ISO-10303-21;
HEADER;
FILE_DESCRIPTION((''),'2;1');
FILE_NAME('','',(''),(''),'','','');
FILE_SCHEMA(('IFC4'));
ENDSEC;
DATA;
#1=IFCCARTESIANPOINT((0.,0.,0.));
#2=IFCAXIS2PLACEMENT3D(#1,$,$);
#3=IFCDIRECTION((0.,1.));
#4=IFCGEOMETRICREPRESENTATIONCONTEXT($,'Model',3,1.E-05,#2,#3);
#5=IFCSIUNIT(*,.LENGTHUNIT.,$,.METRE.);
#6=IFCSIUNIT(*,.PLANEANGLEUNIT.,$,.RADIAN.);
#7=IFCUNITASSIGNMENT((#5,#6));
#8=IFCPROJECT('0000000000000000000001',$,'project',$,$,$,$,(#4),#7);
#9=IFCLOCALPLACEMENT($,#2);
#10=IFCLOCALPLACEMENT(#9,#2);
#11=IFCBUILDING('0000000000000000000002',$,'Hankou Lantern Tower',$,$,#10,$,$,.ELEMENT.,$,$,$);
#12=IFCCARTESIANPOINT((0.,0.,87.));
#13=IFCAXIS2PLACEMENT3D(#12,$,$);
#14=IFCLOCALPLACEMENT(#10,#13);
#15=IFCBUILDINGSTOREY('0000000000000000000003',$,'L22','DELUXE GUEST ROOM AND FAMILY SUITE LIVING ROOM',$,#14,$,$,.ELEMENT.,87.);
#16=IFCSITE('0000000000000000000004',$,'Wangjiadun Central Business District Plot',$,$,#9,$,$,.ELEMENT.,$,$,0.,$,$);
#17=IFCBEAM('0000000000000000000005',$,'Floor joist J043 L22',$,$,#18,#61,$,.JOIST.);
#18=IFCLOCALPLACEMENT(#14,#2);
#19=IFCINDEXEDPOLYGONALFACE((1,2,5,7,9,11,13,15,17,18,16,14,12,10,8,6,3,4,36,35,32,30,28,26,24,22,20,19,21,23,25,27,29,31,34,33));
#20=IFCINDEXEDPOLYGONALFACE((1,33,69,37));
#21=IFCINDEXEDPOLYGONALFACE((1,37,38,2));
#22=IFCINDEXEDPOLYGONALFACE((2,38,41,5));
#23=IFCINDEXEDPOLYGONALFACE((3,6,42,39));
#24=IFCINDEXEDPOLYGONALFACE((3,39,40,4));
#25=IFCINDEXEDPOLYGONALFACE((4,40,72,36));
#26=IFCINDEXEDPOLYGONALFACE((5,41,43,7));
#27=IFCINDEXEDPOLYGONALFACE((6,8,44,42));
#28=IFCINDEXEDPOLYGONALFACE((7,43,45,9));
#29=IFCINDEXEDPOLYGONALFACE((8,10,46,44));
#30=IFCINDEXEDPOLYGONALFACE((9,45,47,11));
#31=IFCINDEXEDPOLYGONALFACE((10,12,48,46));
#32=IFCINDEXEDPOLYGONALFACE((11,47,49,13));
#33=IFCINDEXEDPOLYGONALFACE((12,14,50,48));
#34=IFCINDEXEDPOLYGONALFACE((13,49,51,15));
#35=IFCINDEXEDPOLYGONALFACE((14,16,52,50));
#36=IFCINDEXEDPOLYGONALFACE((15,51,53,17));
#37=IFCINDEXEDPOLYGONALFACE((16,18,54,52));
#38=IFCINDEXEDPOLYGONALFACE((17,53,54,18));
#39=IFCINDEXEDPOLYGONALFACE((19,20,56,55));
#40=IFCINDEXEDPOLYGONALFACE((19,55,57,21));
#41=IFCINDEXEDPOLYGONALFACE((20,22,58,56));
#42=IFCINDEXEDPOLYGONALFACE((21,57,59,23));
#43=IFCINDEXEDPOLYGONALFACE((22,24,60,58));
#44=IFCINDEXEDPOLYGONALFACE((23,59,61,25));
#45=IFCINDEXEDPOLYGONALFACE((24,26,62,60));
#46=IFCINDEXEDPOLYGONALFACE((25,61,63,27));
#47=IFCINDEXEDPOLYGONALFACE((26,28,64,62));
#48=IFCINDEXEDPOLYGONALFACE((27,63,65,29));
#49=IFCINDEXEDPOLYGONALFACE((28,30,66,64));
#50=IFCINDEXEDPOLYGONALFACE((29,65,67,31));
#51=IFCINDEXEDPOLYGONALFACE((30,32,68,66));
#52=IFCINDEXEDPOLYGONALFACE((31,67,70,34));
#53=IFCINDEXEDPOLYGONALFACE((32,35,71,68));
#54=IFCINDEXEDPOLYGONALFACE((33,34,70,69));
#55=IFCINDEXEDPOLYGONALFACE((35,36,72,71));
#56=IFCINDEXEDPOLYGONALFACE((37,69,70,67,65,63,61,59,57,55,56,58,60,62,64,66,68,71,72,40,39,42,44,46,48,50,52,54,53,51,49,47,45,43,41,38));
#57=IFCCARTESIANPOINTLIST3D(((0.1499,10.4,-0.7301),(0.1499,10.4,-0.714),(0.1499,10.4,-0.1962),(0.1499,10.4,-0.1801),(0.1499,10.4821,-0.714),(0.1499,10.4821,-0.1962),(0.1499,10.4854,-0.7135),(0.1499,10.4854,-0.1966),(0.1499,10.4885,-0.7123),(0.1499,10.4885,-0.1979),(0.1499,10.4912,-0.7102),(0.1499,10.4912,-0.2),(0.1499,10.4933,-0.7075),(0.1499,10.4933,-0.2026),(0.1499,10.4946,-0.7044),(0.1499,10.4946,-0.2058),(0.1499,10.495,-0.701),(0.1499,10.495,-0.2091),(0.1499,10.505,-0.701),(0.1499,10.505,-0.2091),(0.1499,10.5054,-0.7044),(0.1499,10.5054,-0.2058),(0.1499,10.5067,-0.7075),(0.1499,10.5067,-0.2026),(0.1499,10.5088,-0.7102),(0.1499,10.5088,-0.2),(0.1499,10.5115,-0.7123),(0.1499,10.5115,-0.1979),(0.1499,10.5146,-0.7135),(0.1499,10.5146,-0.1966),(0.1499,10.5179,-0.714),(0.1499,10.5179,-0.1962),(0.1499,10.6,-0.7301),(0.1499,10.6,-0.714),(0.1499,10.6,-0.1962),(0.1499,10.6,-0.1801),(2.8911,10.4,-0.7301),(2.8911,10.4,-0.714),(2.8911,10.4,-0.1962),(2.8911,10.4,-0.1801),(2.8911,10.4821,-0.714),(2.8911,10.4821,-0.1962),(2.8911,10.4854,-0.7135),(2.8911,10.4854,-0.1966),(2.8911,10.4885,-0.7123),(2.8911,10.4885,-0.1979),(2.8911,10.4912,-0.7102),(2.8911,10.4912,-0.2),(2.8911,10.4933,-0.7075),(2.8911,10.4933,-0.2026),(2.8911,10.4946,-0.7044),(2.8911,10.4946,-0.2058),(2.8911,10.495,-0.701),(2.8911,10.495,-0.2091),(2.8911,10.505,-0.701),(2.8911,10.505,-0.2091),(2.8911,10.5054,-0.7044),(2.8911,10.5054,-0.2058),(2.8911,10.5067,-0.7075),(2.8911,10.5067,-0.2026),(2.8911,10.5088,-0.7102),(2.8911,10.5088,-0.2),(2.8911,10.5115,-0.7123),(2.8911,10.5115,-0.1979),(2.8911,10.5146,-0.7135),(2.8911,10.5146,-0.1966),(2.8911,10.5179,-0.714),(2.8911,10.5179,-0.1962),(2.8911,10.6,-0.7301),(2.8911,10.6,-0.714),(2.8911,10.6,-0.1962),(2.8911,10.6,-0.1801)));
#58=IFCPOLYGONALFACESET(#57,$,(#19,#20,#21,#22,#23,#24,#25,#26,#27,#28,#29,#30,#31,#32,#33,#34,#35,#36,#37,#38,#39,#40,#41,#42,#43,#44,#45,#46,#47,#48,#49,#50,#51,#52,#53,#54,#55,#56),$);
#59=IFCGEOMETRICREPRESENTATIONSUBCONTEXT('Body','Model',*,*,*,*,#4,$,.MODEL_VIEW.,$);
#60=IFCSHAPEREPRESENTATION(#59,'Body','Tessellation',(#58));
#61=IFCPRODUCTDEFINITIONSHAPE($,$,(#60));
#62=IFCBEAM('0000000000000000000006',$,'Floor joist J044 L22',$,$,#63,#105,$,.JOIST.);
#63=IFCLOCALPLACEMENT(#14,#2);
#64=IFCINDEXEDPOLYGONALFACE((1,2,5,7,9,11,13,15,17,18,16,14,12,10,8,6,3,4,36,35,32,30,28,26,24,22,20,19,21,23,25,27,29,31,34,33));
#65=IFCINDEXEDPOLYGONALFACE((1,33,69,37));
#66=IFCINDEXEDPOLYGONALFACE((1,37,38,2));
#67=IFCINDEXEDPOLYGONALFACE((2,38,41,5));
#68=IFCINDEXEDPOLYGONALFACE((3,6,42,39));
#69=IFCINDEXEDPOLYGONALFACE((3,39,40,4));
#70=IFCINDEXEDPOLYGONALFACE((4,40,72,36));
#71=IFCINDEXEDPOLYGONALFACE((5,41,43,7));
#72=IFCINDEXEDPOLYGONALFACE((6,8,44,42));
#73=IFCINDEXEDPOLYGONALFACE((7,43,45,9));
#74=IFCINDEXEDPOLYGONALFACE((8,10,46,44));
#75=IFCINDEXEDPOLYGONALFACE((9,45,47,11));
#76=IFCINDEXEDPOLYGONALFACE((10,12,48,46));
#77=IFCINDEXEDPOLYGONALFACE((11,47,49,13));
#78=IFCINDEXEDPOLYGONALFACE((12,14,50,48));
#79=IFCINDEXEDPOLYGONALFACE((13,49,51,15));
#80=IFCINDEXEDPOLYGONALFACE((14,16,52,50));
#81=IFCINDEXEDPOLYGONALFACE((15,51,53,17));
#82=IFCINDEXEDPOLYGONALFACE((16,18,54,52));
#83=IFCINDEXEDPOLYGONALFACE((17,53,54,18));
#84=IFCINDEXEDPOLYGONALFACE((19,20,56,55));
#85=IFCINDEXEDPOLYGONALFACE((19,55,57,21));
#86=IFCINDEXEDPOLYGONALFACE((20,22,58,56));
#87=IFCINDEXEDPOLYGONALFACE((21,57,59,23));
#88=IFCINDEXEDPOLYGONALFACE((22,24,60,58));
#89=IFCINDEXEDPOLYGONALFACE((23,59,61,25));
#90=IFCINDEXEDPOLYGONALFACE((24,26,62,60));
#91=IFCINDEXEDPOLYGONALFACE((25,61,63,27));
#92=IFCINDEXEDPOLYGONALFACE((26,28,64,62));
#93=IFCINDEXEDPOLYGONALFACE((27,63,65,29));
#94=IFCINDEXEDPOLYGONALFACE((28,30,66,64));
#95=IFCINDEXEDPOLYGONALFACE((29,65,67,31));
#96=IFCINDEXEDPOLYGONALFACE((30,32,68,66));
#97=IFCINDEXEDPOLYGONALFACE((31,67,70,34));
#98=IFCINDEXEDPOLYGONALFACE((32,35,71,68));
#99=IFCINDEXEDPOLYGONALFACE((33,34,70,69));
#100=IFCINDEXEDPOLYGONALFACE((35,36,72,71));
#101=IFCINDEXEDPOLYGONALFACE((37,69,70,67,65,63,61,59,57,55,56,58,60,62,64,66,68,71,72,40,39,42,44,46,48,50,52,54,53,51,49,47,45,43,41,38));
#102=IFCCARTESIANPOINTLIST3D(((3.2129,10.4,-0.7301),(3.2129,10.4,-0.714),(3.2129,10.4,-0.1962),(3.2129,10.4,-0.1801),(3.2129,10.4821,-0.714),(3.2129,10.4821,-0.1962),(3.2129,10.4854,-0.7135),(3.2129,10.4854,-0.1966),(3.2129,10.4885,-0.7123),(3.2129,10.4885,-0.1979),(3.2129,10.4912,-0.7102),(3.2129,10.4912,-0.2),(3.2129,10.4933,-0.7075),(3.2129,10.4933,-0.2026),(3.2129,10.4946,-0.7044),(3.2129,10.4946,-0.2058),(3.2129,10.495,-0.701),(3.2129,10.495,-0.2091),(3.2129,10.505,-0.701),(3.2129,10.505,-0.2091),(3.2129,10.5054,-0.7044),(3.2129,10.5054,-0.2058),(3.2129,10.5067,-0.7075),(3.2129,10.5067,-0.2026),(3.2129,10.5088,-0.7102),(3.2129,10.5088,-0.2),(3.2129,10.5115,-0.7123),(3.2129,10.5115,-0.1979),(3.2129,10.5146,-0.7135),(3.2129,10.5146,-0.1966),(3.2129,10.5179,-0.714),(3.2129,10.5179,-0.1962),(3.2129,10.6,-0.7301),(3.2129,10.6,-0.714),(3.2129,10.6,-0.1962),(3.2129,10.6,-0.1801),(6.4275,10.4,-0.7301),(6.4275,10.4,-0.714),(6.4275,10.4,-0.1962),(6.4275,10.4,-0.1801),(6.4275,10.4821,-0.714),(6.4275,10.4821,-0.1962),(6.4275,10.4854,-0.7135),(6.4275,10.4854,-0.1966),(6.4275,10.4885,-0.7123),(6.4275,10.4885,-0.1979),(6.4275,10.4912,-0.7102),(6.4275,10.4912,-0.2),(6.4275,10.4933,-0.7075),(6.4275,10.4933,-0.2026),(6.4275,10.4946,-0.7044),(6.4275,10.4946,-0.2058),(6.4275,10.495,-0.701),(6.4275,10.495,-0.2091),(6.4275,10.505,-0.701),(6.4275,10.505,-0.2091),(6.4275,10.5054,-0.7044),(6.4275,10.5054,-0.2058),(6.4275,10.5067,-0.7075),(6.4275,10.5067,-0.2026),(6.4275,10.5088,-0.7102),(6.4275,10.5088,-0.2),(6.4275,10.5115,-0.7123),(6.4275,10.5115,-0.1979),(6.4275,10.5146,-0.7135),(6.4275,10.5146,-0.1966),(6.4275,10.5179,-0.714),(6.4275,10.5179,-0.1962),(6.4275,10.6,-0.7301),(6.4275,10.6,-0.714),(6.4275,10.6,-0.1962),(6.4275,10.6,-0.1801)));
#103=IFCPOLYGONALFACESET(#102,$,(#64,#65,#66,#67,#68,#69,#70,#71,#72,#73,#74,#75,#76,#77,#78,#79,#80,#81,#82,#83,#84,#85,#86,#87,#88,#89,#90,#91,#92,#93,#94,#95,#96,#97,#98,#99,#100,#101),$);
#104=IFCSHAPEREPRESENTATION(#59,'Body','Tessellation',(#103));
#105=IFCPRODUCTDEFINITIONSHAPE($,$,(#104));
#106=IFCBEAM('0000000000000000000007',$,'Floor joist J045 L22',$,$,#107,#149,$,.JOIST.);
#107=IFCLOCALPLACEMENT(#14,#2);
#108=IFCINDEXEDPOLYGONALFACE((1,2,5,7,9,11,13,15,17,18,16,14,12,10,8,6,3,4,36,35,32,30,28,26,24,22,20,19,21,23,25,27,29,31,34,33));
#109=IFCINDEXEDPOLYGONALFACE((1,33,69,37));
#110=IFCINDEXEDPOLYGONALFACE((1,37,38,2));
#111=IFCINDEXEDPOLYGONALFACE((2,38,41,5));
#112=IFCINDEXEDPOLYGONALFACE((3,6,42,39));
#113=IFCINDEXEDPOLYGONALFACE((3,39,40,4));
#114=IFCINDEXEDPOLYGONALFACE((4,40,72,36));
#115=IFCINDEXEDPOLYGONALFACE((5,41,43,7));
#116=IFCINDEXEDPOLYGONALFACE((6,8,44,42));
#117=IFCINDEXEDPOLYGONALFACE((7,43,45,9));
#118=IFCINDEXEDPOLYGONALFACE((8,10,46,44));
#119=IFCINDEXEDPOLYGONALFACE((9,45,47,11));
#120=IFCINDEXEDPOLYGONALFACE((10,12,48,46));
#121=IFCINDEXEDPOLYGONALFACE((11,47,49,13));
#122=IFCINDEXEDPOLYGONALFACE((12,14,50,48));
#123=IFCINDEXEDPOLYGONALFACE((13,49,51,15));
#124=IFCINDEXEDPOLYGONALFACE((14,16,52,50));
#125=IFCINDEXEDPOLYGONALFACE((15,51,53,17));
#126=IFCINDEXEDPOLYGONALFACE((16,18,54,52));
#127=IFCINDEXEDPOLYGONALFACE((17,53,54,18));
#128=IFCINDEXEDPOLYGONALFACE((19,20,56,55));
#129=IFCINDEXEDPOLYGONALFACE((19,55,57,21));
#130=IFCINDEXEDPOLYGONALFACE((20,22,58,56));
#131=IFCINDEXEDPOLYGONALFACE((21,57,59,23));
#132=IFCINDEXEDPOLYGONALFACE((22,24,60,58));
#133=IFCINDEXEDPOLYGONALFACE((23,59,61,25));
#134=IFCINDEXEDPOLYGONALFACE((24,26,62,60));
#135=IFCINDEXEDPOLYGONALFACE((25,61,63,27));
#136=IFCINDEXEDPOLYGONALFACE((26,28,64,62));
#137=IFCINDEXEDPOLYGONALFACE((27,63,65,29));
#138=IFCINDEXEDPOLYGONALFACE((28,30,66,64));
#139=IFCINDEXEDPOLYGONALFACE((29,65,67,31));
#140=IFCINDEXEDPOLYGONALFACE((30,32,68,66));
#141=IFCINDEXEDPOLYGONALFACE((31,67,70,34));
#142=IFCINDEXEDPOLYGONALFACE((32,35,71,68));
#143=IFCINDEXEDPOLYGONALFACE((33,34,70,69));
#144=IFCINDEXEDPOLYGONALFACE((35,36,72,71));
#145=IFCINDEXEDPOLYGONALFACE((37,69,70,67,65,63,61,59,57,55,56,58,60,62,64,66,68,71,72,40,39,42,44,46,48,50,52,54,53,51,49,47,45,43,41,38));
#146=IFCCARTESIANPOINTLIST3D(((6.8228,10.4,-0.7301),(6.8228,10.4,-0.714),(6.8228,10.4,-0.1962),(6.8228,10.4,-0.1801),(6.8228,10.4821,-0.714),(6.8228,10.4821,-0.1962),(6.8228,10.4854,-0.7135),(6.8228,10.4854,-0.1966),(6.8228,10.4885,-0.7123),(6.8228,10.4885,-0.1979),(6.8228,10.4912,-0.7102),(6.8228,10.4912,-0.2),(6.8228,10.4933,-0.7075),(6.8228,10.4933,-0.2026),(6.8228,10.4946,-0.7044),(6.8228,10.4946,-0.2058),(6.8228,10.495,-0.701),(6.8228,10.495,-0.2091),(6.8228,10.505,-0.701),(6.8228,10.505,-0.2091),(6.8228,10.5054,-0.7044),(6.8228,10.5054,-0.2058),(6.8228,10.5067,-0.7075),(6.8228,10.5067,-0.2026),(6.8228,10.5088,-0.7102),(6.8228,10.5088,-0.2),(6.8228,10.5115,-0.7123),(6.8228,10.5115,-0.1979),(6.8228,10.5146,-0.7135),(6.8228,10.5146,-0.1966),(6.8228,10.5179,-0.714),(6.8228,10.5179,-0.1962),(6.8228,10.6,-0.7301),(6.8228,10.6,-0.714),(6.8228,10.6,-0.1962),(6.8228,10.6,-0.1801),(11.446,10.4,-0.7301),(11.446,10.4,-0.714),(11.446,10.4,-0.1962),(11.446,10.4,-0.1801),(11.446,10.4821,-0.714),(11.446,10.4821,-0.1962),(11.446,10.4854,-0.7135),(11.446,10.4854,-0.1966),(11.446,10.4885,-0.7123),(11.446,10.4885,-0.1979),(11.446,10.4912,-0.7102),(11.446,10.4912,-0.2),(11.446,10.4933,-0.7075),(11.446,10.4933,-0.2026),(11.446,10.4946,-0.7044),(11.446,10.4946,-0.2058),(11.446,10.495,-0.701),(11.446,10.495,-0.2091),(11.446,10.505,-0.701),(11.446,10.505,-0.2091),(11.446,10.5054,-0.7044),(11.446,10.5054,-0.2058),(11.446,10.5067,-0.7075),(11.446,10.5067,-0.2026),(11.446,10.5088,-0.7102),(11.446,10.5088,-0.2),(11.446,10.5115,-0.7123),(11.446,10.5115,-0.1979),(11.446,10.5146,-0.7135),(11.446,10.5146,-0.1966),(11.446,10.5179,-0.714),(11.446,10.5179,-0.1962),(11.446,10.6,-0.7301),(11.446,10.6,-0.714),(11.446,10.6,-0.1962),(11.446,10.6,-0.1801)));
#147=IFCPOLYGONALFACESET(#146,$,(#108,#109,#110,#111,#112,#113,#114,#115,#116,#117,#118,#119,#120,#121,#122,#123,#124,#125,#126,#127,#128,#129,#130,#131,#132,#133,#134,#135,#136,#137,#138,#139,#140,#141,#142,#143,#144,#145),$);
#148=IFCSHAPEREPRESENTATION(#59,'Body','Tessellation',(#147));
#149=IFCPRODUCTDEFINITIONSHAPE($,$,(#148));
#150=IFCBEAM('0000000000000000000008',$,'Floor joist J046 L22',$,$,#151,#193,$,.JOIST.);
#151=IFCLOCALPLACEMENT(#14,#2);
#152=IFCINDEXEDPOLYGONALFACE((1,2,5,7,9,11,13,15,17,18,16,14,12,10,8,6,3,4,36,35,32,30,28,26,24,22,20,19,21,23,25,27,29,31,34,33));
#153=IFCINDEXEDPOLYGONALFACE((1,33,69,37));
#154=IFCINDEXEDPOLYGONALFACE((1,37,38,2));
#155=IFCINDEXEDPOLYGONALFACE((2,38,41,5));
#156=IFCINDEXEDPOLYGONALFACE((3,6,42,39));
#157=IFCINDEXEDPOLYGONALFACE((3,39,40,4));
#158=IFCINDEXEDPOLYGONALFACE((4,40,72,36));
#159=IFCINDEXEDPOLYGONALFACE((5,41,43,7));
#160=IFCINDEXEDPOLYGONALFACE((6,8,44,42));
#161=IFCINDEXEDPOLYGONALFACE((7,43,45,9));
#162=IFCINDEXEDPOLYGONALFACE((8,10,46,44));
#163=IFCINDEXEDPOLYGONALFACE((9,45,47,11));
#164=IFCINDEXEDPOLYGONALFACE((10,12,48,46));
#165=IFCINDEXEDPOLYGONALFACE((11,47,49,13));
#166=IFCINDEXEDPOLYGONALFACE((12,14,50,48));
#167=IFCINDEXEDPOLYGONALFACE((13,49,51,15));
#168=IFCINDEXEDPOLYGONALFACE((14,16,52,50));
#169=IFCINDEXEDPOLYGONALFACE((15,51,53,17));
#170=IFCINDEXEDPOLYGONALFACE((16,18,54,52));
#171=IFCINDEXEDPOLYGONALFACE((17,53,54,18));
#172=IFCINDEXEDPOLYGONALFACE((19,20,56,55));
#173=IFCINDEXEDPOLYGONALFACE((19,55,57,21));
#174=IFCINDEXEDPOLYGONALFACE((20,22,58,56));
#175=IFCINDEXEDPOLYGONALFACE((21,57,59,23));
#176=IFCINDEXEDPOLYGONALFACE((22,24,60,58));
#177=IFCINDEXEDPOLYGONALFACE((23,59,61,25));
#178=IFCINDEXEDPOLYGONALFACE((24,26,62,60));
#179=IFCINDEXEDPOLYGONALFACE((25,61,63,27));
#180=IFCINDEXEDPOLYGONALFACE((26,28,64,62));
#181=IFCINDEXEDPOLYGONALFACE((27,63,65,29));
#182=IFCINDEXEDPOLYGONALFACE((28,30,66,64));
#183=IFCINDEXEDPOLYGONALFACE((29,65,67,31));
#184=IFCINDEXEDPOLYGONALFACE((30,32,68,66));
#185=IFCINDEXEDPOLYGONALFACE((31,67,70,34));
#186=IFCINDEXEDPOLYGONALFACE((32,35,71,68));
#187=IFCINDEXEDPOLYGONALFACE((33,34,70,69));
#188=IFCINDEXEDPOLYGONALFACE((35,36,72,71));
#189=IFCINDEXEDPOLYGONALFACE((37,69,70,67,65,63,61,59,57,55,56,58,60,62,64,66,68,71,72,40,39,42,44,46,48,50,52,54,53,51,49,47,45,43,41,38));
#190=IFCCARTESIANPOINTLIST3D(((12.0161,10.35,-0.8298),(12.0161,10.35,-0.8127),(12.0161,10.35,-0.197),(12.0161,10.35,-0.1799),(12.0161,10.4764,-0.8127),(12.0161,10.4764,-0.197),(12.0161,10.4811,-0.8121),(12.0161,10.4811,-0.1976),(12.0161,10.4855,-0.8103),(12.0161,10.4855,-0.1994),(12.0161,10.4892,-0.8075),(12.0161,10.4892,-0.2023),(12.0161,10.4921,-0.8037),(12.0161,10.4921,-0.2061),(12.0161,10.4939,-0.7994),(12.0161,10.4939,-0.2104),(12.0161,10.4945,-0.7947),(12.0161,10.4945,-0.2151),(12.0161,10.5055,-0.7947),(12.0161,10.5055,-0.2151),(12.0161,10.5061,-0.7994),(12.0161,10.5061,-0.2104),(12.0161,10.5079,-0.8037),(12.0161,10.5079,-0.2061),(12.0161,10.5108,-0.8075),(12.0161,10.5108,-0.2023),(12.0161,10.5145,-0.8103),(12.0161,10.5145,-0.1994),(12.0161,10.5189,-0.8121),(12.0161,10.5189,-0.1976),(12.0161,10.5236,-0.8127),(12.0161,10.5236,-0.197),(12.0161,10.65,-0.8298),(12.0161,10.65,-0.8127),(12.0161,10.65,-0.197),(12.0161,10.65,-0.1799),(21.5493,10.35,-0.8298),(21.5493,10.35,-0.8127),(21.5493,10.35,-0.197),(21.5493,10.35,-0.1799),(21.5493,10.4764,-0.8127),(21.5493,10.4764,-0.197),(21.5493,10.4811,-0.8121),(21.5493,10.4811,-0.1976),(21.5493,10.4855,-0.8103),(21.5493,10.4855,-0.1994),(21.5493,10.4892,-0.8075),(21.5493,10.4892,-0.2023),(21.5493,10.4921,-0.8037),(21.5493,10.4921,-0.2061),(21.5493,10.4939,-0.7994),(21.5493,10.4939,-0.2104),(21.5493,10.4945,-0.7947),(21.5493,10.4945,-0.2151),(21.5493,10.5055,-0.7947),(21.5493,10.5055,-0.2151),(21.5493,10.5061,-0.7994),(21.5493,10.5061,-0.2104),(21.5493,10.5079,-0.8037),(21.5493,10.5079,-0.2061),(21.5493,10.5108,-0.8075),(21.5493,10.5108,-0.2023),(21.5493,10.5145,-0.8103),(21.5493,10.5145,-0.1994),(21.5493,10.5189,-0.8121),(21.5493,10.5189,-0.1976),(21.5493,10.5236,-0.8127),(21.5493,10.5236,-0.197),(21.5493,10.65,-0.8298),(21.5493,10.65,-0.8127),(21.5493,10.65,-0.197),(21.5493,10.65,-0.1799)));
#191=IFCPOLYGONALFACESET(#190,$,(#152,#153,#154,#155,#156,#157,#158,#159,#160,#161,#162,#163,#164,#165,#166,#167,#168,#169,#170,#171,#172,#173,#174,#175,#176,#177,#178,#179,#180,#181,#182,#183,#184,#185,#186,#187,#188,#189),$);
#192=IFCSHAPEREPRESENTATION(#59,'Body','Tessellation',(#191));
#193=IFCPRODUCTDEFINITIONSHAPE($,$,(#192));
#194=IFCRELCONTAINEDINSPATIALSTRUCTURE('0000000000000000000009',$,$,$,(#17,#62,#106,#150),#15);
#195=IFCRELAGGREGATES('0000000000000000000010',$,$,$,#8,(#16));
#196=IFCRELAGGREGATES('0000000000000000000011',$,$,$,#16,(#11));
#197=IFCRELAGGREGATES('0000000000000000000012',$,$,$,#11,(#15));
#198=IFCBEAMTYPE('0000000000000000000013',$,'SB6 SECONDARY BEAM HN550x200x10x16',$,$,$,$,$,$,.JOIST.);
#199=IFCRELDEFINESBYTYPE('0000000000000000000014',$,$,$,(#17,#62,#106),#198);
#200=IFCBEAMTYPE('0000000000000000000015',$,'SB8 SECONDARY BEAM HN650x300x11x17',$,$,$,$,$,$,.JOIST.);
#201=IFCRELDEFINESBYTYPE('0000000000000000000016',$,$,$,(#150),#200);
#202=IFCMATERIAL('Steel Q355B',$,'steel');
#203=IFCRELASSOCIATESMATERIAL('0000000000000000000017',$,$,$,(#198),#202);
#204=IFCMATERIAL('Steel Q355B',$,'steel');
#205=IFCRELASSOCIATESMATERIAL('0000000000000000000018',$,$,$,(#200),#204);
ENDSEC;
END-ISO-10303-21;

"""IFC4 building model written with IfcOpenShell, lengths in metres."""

from ifc_helpers import new_model, si_unit, direction, frame, origin, origin_2d, place, context, subcontext, project, spatial, i_section, extrude, material, material_profile, profile_set, type_object, element, save


model = new_model("IFC4")

# Units and contexts
model_context = context("Model", 3, precision=1e-05, world=origin(), true_north=direction((0.0, 1.0)))
body_context = subcontext(model_context, "Body", "Model", "MODEL_VIEW")
ifc_project = project(units=[si_unit("LENGTHUNIT", "METRE"), si_unit("PLANEANGLEUNIT", "RADIAN")], contexts=[model_context])

# Site, building, storey
site_placement = place(None, origin())
site = spatial("IfcSite", under=ifc_project, at=site_placement, Name="Wangjiadun Central Business District Plot", CompositionType="ELEMENT", RefElevation=0.0)
building_placement = place(site_placement, origin())
building = spatial("IfcBuilding", under=site, at=building_placement, Name="Hankou Lantern Tower", CompositionType="ELEMENT")
storey_placement = place(building_placement, frame((0.0, 0.0, 87.0)))
storey = spatial("IfcBuildingStorey", under=building, at=storey_placement, Name="L22", Description="DELUXE GUEST ROOM AND FAMILY SUITE LIVING ROOM", CompositionType="ELEMENT", Elevation=87.0)

# Beams
ifc_material_1 = material(Name="Steel Q355B", Category="steel")
ifc_material_profile_1 = material_profile(ifc_material_1, i_section(OverallWidth=0.2, OverallDepth=0.55, WebThickness=0.01, FlangeThickness=0.0161, FilletRadius=0.0129, at=origin_2d()), Name="HN550x200x10x16")
ifc_profile_set_1 = profile_set([ifc_material_profile_1], Name="Steel Q355B")
beam_type_1 = type_object("IfcBeamType", Name="SB6 SECONDARY BEAM HN550x200x10x16", PredefinedType="JOIST", material=ifc_profile_set_1)
beam_1_placement = place(storey_placement, frame((0.1499, 10.5, -0.4551), z_axis=(1.0, 0.0, 0.0), x_axis=(0.0, 1.0, 0.0)))
element("IfcBeam", 1, at=beam_1_placement, inside=storey, type_object=beam_type_1, Name="Floor joist J043 L22", PredefinedType="JOIST", context=body_context, shape_type="SweptSolid", body=[
    extrude(i_section(OverallWidth=0.2, OverallDepth=0.55, WebThickness=0.01, FlangeThickness=0.0161, FilletRadius=0.0129, at=origin_2d()), origin(), (0.0, 0.0, 1.0), 2.7412),
])
beam_2_placement = place(storey_placement, frame((3.2129, 10.5, -0.4551), z_axis=(1.0, 0.0, 0.0), x_axis=(0.0, 1.0, 0.0)))
element("IfcBeam", 2, at=beam_2_placement, inside=storey, type_object=beam_type_1, Name="Floor joist J044 L22", PredefinedType="JOIST", context=body_context, shape_type="SweptSolid", body=[
    extrude(i_section(OverallWidth=0.2, OverallDepth=0.55, WebThickness=0.01, FlangeThickness=0.0161, FilletRadius=0.0129, at=origin_2d()), origin(), (0.0, 0.0, 1.0), 3.2146),
])
beam_3_placement = place(storey_placement, frame((6.8228, 10.5, -0.4551), z_axis=(1.0, 0.0, 0.0), x_axis=(0.0, 1.0, 0.0)))
element("IfcBeam", 3, at=beam_3_placement, inside=storey, type_object=beam_type_1, Name="Floor joist J045 L22", PredefinedType="JOIST", context=body_context, shape_type="SweptSolid", body=[
    extrude(i_section(OverallWidth=0.2, OverallDepth=0.55, WebThickness=0.01, FlangeThickness=0.0161, FilletRadius=0.0129, at=origin_2d()), origin(), (0.0, 0.0, 1.0), 4.6233),
])
ifc_material_2 = material(Name="Steel Q355B", Category="steel")
ifc_material_profile_2 = material_profile(ifc_material_2, i_section(OverallWidth=0.3, OverallDepth=0.6499, WebThickness=0.011, FlangeThickness=0.0171, FilletRadius=0.0181, at=origin_2d()), Name="HN650x300x11x17")
ifc_profile_set_2 = profile_set([ifc_material_profile_2], Name="Steel Q355B")
beam_type_2 = type_object("IfcBeamType", Name="SB8 SECONDARY BEAM HN650x300x11x17", PredefinedType="JOIST", material=ifc_profile_set_2)
beam_4_placement = place(storey_placement, frame((12.0161, 10.5, -0.5049), z_axis=(1.0, 0.0, 0.0), x_axis=(0.0, 1.0, 0.0)))
element("IfcBeam", 4, at=beam_4_placement, inside=storey, type_object=beam_type_2, Name="Floor joist J046 L22", PredefinedType="JOIST", context=body_context, shape_type="SweptSolid", body=[
    extrude(i_section(OverallWidth=0.3, OverallDepth=0.6499, WebThickness=0.011, FlangeThickness=0.0171, FilletRadius=0.0181, at=origin_2d()), origin(), (0.0, 0.0, 1.0), 9.5332),
])

save(model, "model.ifc")
